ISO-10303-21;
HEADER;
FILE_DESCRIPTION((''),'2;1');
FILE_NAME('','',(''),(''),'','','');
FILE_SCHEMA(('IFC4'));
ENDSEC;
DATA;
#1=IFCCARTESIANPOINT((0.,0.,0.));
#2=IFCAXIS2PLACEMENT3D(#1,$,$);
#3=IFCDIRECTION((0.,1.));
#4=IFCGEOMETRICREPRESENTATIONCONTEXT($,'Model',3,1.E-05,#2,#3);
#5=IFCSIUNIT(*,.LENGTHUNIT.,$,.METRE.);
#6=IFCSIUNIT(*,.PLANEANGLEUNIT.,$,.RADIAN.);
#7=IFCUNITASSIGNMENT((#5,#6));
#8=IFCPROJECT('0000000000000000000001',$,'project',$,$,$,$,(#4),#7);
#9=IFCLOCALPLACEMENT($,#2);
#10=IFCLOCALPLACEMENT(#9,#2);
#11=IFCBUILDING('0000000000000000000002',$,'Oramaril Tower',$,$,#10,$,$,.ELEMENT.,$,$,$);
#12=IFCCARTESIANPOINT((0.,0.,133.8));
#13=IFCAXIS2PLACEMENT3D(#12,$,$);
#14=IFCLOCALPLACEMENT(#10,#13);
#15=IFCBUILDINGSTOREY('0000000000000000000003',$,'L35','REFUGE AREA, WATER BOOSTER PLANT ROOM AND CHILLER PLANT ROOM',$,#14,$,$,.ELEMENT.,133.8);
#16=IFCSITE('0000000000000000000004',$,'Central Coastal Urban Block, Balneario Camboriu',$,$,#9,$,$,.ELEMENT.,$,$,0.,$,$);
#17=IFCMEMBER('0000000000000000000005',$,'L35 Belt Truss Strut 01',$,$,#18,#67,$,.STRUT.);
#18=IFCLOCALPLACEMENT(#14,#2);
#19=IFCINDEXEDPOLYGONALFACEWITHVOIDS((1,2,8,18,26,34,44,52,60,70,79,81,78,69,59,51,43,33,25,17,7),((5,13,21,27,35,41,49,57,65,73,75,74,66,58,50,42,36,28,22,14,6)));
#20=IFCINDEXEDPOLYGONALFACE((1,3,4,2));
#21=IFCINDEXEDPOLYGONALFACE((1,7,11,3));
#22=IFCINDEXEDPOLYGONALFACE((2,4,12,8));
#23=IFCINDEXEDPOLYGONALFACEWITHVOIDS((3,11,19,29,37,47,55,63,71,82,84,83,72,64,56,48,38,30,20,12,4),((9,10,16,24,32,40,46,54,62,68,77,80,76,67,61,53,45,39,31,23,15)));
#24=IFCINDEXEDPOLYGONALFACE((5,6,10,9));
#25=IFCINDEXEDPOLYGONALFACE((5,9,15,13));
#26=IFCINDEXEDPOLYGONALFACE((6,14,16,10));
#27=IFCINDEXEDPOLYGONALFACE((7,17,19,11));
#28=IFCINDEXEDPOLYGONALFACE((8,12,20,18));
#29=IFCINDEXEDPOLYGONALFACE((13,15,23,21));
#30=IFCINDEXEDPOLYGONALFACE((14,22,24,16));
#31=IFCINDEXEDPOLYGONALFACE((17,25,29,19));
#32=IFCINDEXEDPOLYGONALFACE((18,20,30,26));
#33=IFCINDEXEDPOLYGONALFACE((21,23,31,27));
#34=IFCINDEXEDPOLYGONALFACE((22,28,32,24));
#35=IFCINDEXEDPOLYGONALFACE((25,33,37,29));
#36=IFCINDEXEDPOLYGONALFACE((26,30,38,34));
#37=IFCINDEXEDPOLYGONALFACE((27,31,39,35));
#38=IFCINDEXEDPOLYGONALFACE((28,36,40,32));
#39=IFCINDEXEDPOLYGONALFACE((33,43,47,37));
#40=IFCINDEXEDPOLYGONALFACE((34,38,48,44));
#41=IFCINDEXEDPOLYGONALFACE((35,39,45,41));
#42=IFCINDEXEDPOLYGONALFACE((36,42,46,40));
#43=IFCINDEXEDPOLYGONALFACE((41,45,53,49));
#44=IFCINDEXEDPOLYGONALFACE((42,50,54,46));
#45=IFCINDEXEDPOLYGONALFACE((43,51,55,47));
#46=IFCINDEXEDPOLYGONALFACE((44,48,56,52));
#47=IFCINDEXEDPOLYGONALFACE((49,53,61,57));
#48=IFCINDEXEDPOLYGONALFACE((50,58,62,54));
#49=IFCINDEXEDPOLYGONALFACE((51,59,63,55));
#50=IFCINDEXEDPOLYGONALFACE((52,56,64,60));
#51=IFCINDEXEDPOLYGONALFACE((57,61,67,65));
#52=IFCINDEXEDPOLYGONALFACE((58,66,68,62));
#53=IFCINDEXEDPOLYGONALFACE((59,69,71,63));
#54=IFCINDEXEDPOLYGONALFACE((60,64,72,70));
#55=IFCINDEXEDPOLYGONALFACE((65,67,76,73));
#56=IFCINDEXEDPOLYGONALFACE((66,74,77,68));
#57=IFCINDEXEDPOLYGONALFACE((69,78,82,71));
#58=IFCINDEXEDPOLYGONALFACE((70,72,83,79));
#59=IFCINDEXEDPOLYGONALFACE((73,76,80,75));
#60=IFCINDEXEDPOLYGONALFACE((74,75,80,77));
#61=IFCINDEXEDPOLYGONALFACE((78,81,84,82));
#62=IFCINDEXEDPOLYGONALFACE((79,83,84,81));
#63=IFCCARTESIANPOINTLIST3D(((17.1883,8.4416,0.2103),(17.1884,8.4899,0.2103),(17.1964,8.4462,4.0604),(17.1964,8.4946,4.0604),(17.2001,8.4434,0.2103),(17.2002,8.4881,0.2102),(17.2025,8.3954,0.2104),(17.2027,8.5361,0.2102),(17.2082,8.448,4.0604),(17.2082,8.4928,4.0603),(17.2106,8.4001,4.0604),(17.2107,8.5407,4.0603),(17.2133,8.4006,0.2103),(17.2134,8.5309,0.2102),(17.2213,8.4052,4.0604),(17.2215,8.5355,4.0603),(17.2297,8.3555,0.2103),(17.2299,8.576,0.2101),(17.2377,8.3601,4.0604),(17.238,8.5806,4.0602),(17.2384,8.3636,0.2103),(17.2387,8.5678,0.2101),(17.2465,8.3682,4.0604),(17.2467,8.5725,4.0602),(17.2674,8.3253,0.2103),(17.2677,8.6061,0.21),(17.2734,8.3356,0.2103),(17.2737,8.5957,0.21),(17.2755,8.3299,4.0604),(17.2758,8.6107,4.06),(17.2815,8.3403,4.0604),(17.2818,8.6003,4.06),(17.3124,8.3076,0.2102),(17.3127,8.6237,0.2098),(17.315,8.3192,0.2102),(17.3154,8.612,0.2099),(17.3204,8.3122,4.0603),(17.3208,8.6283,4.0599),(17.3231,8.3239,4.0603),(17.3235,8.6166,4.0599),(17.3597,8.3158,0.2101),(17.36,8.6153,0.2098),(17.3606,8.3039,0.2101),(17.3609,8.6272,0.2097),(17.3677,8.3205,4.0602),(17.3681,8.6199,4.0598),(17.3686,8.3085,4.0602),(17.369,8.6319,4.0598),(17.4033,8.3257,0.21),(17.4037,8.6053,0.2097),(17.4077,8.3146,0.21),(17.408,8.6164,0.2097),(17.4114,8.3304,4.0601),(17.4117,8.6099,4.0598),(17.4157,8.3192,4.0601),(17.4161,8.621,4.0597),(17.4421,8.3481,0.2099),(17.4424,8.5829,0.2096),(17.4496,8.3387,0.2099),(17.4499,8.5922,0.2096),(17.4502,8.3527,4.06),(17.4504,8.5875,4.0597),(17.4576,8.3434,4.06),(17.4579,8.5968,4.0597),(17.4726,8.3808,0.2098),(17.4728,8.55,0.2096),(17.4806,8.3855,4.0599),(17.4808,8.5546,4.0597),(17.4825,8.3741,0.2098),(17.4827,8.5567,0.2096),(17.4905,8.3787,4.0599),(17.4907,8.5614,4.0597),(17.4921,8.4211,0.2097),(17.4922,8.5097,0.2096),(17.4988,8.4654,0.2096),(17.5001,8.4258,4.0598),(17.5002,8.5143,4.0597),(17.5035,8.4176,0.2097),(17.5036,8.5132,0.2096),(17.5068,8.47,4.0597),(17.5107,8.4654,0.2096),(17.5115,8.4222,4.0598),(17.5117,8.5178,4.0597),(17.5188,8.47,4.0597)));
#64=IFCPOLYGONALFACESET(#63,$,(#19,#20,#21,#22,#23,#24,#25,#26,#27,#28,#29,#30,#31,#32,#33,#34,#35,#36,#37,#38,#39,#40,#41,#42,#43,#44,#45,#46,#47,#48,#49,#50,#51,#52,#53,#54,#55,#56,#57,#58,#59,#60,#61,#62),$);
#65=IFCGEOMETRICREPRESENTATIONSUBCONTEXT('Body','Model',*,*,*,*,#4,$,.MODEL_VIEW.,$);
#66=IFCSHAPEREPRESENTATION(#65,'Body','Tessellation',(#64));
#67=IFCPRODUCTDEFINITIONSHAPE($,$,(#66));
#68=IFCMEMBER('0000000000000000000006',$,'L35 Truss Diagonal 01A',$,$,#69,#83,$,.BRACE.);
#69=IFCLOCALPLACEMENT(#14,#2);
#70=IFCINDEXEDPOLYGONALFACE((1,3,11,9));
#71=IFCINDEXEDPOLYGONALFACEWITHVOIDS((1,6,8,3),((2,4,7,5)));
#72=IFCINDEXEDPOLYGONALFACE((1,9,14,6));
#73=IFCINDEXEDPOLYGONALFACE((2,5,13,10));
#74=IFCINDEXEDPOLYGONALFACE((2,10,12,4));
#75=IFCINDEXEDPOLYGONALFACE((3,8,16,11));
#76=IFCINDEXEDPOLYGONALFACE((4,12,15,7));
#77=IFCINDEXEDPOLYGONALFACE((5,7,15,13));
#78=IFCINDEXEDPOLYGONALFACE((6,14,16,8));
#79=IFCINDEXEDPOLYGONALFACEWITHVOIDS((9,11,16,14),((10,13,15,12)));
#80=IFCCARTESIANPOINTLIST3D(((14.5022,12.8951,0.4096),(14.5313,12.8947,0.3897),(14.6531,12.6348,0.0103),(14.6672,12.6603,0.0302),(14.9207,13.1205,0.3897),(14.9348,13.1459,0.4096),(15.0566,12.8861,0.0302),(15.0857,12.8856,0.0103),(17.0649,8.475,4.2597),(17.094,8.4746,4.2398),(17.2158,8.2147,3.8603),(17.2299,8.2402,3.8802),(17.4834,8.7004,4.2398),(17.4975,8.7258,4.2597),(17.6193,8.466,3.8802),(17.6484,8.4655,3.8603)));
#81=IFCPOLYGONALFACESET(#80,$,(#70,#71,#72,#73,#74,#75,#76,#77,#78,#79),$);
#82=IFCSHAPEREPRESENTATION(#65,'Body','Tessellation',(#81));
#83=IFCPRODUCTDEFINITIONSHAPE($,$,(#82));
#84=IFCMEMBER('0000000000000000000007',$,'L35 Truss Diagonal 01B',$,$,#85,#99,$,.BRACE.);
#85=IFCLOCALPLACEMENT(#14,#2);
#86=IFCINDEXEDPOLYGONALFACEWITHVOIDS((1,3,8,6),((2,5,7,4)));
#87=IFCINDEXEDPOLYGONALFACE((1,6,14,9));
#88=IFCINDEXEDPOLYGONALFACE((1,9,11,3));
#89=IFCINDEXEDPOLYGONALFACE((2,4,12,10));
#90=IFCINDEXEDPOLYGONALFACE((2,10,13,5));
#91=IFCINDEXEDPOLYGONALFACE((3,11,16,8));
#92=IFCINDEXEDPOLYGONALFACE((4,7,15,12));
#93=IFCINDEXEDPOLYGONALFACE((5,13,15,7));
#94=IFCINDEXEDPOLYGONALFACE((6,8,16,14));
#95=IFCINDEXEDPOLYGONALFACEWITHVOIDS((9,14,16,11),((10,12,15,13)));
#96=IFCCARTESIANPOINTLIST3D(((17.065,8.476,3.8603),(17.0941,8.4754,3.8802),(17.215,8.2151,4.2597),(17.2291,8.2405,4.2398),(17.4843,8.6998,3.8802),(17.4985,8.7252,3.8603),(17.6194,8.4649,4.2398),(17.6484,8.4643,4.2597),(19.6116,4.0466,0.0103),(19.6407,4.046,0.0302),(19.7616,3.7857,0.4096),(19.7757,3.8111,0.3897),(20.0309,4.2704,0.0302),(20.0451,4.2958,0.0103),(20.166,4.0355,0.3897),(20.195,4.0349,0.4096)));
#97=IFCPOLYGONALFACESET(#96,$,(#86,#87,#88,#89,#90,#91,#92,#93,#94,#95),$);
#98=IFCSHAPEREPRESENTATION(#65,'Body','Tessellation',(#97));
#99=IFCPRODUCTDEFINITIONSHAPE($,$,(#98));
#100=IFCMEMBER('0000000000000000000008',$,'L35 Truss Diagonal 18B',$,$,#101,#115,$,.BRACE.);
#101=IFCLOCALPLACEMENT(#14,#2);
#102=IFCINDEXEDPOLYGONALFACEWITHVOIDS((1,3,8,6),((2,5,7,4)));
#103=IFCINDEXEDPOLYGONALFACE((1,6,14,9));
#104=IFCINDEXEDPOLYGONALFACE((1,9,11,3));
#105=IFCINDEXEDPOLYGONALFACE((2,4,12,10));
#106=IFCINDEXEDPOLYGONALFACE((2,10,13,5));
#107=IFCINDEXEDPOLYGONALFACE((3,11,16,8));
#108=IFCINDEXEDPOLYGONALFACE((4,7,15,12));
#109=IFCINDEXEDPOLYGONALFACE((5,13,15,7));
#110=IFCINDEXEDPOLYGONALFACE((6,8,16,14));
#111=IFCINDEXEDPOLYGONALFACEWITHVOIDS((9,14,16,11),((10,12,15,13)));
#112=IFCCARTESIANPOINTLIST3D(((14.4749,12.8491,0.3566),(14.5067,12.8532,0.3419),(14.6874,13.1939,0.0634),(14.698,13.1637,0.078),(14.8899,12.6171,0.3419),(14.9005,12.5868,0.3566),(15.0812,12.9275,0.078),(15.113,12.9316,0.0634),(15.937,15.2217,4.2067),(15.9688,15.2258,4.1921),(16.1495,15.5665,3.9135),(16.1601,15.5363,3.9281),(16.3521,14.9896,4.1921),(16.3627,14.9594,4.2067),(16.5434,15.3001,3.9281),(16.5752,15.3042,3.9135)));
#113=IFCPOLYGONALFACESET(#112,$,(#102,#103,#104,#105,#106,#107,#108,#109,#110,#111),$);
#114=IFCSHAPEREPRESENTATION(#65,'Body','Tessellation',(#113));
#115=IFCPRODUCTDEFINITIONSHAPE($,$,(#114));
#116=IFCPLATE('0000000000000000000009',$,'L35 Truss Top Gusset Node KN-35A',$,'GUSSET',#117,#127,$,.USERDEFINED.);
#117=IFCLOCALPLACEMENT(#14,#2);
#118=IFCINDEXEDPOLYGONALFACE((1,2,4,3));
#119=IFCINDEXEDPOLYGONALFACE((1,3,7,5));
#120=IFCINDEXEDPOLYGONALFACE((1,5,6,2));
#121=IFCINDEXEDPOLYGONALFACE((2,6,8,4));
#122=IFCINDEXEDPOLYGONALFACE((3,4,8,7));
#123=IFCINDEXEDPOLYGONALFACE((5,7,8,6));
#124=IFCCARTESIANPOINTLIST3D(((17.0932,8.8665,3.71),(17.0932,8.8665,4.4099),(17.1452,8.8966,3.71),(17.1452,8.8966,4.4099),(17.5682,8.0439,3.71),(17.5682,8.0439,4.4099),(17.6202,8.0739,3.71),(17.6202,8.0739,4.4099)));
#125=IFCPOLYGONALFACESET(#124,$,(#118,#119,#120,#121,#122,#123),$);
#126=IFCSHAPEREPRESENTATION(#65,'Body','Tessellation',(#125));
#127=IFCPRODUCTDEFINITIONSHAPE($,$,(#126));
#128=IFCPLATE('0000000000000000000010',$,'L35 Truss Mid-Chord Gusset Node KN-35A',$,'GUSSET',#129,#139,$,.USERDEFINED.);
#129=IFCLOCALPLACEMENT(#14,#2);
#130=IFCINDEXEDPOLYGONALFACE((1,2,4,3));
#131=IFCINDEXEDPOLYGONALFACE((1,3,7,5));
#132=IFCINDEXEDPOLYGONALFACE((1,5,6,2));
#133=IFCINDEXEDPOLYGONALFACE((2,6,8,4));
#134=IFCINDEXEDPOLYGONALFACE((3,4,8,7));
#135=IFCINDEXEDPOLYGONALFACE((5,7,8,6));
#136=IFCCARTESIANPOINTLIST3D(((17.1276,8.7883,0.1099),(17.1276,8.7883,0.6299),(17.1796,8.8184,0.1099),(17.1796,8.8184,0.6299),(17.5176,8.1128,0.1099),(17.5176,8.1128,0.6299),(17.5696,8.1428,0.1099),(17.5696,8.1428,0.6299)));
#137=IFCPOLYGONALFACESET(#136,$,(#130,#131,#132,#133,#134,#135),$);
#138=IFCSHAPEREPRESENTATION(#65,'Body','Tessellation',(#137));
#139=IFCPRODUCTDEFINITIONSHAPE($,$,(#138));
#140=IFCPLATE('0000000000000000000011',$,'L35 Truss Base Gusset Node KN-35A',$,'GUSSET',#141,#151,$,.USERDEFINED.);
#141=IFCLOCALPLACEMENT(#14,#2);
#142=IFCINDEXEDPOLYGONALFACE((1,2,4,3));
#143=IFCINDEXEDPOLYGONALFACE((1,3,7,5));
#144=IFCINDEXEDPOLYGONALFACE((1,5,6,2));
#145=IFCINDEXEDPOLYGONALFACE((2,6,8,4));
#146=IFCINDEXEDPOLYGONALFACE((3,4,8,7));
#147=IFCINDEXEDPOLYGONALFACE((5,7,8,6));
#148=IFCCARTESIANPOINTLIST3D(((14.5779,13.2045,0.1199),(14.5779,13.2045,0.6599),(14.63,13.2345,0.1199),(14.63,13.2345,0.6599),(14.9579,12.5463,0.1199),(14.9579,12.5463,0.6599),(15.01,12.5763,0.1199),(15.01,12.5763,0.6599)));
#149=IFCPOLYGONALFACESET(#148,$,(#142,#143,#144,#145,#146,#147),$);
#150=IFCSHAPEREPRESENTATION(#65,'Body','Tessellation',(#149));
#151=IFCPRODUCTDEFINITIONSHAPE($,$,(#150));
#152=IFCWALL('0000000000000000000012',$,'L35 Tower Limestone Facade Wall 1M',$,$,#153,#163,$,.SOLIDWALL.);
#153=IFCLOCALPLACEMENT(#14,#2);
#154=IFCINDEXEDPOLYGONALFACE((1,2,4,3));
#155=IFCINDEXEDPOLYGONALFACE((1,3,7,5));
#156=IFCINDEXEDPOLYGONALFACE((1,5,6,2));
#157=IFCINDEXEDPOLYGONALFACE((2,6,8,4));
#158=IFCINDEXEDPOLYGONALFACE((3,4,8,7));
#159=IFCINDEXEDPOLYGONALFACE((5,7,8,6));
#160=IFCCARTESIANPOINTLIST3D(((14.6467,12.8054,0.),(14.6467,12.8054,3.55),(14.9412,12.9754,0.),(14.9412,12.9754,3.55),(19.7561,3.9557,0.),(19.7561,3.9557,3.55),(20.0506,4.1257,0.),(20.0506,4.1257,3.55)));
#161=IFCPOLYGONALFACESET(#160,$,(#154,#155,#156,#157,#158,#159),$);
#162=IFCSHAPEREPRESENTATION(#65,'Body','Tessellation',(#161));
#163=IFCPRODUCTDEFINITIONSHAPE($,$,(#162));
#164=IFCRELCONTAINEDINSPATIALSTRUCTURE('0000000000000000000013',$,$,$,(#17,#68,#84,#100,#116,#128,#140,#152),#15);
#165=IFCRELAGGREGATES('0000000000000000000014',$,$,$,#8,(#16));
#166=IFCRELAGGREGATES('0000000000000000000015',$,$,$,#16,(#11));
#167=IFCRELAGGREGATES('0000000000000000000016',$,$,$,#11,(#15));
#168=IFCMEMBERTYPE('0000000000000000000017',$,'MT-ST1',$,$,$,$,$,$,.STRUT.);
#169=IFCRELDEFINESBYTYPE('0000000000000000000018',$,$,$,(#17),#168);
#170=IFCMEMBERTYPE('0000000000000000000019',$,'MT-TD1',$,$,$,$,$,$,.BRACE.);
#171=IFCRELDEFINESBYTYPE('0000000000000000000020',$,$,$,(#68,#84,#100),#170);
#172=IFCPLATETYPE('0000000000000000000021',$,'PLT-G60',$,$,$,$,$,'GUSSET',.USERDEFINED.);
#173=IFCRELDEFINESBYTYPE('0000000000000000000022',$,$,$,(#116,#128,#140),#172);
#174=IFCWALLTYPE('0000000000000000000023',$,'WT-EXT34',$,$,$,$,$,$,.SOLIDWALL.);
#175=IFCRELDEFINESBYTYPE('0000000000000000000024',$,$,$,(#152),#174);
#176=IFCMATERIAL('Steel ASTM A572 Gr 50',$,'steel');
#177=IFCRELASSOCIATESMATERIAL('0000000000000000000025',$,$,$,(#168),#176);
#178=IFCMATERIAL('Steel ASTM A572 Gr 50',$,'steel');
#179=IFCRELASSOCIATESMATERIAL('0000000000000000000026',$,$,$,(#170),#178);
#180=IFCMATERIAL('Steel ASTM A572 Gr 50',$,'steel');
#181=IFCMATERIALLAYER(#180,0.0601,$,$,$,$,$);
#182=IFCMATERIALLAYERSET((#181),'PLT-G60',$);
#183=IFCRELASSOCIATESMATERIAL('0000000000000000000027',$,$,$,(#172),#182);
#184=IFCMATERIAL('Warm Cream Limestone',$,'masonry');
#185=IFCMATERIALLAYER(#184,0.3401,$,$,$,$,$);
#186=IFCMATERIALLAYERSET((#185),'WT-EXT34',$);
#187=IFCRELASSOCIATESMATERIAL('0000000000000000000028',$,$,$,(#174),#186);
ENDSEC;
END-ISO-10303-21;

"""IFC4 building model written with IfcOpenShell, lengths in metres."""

from ifc_helpers import new_model, si_unit, direction, frame, frame_2d, origin, origin_2d, place, context, subcontext, project, spatial, rectangle, hollow_rectangle, hollow_circle, extrude, material, layer, layer_set, material_profile, profile_set, type_object, element, save


model = new_model("IFC4")

# Units and contexts
model_context = context("Model", 3, precision=1e-05, world=origin(), true_north=direction((0.0, 1.0)))
body_context = subcontext(model_context, "Body", "Model", "MODEL_VIEW")
ifc_project = project(units=[si_unit("LENGTHUNIT", "METRE"), si_unit("PLANEANGLEUNIT", "RADIAN")], contexts=[model_context])

# Site, building, storey
site_placement = place(None, origin())
site = spatial("IfcSite", under=ifc_project, at=site_placement, Name="Central Coastal Urban Block, Balneario Camboriu", CompositionType="ELEMENT", RefElevation=0.0)
building_placement = place(site_placement, origin())
building = spatial("IfcBuilding", under=site, at=building_placement, Name="Oramaril Tower", CompositionType="ELEMENT")
storey_placement = place(building_placement, frame((0.0, 0.0, 133.8)))
storey = spatial("IfcBuildingStorey", under=building, at=storey_placement, Name="L35", Description="REFUGE AREA, WATER BOOSTER PLANT ROOM AND CHILLER PLANT ROOM", CompositionType="ELEMENT", Elevation=133.8)

# Members
ifc_material_1 = material(Name="Steel ASTM A572 Gr 50", Category="steel")
ifc_material_profile_1 = material_profile(ifc_material_1, hollow_circle(Radius=0.1621, WallThickness=0.012, at=origin_2d()), Name="CHS324X12")
ifc_profile_set_1 = profile_set([ifc_material_profile_1], Name="Steel ASTM A572 Gr 50")
member_type_1 = type_object("IfcMemberType", Name="MT-ST1", PredefinedType="STRUT", material=ifc_profile_set_1)
member_1_placement = place(storey_placement, frame((17.3486, 8.4656, 0.21), z_axis=(0.002093, 0.001205, 0.999997), x_axis=(-0.498964, 0.866622, 0.0)))
element("IfcMember", 1, at=member_1_placement, inside=storey, type_object=member_type_1, Name="L35 Belt Truss Strut 01", PredefinedType="STRUT", context=body_context, shape_type="SweptSolid", body=[
    extrude(hollow_circle(Radius=0.1621, WallThickness=0.012, at=origin_2d()), origin(), (0.0, 0.0, 1.0), 3.8501),
])
ifc_material_2 = material(Name="Steel ASTM A572 Gr 50", Category="steel")
ifc_material_profile_2 = material_profile(ifc_material_2, hollow_rectangle(XDim=0.5, YDim=0.5, WallThickness=0.0249, at=origin_2d()), Name="HSS500X500X25")
ifc_profile_set_2 = profile_set([ifc_material_profile_2], Name="Steel ASTM A572 Gr 50")
member_type_2 = type_object("IfcMemberType", Name="MT-TD1", PredefinedType="BRACE", material=ifc_profile_set_2)
for number, where, z_axis, x_axis, name in (
    (2, (14.7939, 12.8904, 0.21), (0.400581, -0.690914, 0.601807), (0.865112, 0.501579, 0.0), "L35 Truss Diagonal 01A"),
    (3, (19.9033, 4.0408, 0.21), (-0.398064, 0.692366, 0.601809), (-0.866932, -0.498427, 0.0), "L35 Truss Diagonal 01B"),
):
    element("IfcMember", number, at=place(storey_placement, frame(where, z_axis=z_axis, x_axis=x_axis)), inside=storey, type_object=member_type_2, Name=name, PredefinedType="BRACE", context=body_context, shape_type="SweptSolid", body=[
        extrude(hollow_rectangle(XDim=0.5, YDim=0.5, WallThickness=0.0249, at=origin_2d()), origin(), (0.0, 0.0, 1.0), 6.3975),
    ])
member_2_placement = place(storey_placement, frame((14.7939, 12.8904, 0.21), z_axis=(0.307634, 0.49918, 0.81005), x_axis=(-0.851318, 0.52465, 0.0)))
element("IfcMember", 4, at=member_2_placement, inside=storey, type_object=member_type_2, Name="L35 Truss Diagonal 18B", PredefinedType="BRACE", context=body_context, shape_type="SweptSolid", body=[
    extrude(hollow_rectangle(XDim=0.5, YDim=0.5, WallThickness=0.0249, at=origin_2d()), origin(), (0.0, 0.0, 1.0), 4.7529),
])

# Plates
ifc_material_3 = material(Name="Steel ASTM A572 Gr 50", Category="steel")
ifc_layer_1 = layer(ifc_material_3, 0.0601)
ifc_layer_set_1 = layer_set([ifc_layer_1], Name="PLT-G60")
plate_type = type_object("IfcPlateType", Name="PLT-G60", ElementType="GUSSET", PredefinedType="USERDEFINED", material=ifc_layer_set_1)
plate_1_placement = place(storey_placement, frame((17.3567, 8.4702, 3.71), z_axis=(0.0, 0.0, 1.0), x_axis=(0.499997, -0.866027, 0.0)))
element("IfcPlate", 5, at=plate_1_placement, inside=storey, type_object=plate_type, Name="L35 Truss Top Gusset Node KN-35A", ObjectType="GUSSET", PredefinedType="USERDEFINED", context=body_context, shape_type="SweptSolid", body=[
    extrude(rectangle(XDim=0.95, YDim=0.0601, at=origin_2d()), origin(), (0.0, 0.0, 1.0), 0.7),
])
plate_2_placement = place(storey_placement, frame((17.3486, 8.4656, 0.1099), z_axis=(0.0, 0.0, 1.0), x_axis=(0.499997, -0.866027, 0.0)))
element("IfcPlate", 6, at=plate_2_placement, inside=storey, type_object=plate_type, Name="L35 Truss Mid-Chord Gusset Node KN-35A", ObjectType="GUSSET", PredefinedType="USERDEFINED", context=body_context, shape_type="SweptSolid", body=[
    extrude(rectangle(XDim=0.78, YDim=0.0601, at=origin_2d()), origin(), (0.0, 0.0, 1.0), 0.52),
])
plate_3_placement = place(storey_placement, frame((14.7939, 12.8904, 0.1199), z_axis=(0.0, 0.0, 1.0), x_axis=(0.499997, -0.866027, 0.0)))
element("IfcPlate", 7, at=plate_3_placement, inside=storey, type_object=plate_type, Name="L35 Truss Base Gusset Node KN-35A", ObjectType="GUSSET", PredefinedType="USERDEFINED", context=body_context, shape_type="SweptSolid", body=[
    extrude(rectangle(XDim=0.76, YDim=0.0601, at=origin_2d()), origin(), (0.0, 0.0, 1.0), 0.54),
])

# Wall
ifc_material_4 = material(Name="Warm Cream Limestone", Category="masonry")
ifc_layer_2 = layer(ifc_material_4, 0.3401)
ifc_layer_set_2 = layer_set([ifc_layer_2], Name="WT-EXT34")
wall_type_1 = type_object("IfcWallType", Name="WT-EXT34", PredefinedType="SOLIDWALL", material=ifc_layer_set_2)
wall_1_placement = place(storey_placement, frame((14.7939, 12.8904, 0.0), z_axis=(0.0, 0.0, 1.0), x_axis=(0.500004, -0.866023, 0.0)))
element("IfcWall", 8, at=wall_1_placement, inside=storey, type_object=wall_type_1, Name="L35 Tower Limestone Facade Wall 1M", PredefinedType="SOLIDWALL", context=body_context, shape_type="SweptSolid", body=[
    extrude(rectangle(XDim=10.2188, YDim=0.3401, at=frame_2d((5.1094, 0.0))), origin(), (0.0, 0.0, 1.0), 3.55),
])

save(model, "model.ifc")
